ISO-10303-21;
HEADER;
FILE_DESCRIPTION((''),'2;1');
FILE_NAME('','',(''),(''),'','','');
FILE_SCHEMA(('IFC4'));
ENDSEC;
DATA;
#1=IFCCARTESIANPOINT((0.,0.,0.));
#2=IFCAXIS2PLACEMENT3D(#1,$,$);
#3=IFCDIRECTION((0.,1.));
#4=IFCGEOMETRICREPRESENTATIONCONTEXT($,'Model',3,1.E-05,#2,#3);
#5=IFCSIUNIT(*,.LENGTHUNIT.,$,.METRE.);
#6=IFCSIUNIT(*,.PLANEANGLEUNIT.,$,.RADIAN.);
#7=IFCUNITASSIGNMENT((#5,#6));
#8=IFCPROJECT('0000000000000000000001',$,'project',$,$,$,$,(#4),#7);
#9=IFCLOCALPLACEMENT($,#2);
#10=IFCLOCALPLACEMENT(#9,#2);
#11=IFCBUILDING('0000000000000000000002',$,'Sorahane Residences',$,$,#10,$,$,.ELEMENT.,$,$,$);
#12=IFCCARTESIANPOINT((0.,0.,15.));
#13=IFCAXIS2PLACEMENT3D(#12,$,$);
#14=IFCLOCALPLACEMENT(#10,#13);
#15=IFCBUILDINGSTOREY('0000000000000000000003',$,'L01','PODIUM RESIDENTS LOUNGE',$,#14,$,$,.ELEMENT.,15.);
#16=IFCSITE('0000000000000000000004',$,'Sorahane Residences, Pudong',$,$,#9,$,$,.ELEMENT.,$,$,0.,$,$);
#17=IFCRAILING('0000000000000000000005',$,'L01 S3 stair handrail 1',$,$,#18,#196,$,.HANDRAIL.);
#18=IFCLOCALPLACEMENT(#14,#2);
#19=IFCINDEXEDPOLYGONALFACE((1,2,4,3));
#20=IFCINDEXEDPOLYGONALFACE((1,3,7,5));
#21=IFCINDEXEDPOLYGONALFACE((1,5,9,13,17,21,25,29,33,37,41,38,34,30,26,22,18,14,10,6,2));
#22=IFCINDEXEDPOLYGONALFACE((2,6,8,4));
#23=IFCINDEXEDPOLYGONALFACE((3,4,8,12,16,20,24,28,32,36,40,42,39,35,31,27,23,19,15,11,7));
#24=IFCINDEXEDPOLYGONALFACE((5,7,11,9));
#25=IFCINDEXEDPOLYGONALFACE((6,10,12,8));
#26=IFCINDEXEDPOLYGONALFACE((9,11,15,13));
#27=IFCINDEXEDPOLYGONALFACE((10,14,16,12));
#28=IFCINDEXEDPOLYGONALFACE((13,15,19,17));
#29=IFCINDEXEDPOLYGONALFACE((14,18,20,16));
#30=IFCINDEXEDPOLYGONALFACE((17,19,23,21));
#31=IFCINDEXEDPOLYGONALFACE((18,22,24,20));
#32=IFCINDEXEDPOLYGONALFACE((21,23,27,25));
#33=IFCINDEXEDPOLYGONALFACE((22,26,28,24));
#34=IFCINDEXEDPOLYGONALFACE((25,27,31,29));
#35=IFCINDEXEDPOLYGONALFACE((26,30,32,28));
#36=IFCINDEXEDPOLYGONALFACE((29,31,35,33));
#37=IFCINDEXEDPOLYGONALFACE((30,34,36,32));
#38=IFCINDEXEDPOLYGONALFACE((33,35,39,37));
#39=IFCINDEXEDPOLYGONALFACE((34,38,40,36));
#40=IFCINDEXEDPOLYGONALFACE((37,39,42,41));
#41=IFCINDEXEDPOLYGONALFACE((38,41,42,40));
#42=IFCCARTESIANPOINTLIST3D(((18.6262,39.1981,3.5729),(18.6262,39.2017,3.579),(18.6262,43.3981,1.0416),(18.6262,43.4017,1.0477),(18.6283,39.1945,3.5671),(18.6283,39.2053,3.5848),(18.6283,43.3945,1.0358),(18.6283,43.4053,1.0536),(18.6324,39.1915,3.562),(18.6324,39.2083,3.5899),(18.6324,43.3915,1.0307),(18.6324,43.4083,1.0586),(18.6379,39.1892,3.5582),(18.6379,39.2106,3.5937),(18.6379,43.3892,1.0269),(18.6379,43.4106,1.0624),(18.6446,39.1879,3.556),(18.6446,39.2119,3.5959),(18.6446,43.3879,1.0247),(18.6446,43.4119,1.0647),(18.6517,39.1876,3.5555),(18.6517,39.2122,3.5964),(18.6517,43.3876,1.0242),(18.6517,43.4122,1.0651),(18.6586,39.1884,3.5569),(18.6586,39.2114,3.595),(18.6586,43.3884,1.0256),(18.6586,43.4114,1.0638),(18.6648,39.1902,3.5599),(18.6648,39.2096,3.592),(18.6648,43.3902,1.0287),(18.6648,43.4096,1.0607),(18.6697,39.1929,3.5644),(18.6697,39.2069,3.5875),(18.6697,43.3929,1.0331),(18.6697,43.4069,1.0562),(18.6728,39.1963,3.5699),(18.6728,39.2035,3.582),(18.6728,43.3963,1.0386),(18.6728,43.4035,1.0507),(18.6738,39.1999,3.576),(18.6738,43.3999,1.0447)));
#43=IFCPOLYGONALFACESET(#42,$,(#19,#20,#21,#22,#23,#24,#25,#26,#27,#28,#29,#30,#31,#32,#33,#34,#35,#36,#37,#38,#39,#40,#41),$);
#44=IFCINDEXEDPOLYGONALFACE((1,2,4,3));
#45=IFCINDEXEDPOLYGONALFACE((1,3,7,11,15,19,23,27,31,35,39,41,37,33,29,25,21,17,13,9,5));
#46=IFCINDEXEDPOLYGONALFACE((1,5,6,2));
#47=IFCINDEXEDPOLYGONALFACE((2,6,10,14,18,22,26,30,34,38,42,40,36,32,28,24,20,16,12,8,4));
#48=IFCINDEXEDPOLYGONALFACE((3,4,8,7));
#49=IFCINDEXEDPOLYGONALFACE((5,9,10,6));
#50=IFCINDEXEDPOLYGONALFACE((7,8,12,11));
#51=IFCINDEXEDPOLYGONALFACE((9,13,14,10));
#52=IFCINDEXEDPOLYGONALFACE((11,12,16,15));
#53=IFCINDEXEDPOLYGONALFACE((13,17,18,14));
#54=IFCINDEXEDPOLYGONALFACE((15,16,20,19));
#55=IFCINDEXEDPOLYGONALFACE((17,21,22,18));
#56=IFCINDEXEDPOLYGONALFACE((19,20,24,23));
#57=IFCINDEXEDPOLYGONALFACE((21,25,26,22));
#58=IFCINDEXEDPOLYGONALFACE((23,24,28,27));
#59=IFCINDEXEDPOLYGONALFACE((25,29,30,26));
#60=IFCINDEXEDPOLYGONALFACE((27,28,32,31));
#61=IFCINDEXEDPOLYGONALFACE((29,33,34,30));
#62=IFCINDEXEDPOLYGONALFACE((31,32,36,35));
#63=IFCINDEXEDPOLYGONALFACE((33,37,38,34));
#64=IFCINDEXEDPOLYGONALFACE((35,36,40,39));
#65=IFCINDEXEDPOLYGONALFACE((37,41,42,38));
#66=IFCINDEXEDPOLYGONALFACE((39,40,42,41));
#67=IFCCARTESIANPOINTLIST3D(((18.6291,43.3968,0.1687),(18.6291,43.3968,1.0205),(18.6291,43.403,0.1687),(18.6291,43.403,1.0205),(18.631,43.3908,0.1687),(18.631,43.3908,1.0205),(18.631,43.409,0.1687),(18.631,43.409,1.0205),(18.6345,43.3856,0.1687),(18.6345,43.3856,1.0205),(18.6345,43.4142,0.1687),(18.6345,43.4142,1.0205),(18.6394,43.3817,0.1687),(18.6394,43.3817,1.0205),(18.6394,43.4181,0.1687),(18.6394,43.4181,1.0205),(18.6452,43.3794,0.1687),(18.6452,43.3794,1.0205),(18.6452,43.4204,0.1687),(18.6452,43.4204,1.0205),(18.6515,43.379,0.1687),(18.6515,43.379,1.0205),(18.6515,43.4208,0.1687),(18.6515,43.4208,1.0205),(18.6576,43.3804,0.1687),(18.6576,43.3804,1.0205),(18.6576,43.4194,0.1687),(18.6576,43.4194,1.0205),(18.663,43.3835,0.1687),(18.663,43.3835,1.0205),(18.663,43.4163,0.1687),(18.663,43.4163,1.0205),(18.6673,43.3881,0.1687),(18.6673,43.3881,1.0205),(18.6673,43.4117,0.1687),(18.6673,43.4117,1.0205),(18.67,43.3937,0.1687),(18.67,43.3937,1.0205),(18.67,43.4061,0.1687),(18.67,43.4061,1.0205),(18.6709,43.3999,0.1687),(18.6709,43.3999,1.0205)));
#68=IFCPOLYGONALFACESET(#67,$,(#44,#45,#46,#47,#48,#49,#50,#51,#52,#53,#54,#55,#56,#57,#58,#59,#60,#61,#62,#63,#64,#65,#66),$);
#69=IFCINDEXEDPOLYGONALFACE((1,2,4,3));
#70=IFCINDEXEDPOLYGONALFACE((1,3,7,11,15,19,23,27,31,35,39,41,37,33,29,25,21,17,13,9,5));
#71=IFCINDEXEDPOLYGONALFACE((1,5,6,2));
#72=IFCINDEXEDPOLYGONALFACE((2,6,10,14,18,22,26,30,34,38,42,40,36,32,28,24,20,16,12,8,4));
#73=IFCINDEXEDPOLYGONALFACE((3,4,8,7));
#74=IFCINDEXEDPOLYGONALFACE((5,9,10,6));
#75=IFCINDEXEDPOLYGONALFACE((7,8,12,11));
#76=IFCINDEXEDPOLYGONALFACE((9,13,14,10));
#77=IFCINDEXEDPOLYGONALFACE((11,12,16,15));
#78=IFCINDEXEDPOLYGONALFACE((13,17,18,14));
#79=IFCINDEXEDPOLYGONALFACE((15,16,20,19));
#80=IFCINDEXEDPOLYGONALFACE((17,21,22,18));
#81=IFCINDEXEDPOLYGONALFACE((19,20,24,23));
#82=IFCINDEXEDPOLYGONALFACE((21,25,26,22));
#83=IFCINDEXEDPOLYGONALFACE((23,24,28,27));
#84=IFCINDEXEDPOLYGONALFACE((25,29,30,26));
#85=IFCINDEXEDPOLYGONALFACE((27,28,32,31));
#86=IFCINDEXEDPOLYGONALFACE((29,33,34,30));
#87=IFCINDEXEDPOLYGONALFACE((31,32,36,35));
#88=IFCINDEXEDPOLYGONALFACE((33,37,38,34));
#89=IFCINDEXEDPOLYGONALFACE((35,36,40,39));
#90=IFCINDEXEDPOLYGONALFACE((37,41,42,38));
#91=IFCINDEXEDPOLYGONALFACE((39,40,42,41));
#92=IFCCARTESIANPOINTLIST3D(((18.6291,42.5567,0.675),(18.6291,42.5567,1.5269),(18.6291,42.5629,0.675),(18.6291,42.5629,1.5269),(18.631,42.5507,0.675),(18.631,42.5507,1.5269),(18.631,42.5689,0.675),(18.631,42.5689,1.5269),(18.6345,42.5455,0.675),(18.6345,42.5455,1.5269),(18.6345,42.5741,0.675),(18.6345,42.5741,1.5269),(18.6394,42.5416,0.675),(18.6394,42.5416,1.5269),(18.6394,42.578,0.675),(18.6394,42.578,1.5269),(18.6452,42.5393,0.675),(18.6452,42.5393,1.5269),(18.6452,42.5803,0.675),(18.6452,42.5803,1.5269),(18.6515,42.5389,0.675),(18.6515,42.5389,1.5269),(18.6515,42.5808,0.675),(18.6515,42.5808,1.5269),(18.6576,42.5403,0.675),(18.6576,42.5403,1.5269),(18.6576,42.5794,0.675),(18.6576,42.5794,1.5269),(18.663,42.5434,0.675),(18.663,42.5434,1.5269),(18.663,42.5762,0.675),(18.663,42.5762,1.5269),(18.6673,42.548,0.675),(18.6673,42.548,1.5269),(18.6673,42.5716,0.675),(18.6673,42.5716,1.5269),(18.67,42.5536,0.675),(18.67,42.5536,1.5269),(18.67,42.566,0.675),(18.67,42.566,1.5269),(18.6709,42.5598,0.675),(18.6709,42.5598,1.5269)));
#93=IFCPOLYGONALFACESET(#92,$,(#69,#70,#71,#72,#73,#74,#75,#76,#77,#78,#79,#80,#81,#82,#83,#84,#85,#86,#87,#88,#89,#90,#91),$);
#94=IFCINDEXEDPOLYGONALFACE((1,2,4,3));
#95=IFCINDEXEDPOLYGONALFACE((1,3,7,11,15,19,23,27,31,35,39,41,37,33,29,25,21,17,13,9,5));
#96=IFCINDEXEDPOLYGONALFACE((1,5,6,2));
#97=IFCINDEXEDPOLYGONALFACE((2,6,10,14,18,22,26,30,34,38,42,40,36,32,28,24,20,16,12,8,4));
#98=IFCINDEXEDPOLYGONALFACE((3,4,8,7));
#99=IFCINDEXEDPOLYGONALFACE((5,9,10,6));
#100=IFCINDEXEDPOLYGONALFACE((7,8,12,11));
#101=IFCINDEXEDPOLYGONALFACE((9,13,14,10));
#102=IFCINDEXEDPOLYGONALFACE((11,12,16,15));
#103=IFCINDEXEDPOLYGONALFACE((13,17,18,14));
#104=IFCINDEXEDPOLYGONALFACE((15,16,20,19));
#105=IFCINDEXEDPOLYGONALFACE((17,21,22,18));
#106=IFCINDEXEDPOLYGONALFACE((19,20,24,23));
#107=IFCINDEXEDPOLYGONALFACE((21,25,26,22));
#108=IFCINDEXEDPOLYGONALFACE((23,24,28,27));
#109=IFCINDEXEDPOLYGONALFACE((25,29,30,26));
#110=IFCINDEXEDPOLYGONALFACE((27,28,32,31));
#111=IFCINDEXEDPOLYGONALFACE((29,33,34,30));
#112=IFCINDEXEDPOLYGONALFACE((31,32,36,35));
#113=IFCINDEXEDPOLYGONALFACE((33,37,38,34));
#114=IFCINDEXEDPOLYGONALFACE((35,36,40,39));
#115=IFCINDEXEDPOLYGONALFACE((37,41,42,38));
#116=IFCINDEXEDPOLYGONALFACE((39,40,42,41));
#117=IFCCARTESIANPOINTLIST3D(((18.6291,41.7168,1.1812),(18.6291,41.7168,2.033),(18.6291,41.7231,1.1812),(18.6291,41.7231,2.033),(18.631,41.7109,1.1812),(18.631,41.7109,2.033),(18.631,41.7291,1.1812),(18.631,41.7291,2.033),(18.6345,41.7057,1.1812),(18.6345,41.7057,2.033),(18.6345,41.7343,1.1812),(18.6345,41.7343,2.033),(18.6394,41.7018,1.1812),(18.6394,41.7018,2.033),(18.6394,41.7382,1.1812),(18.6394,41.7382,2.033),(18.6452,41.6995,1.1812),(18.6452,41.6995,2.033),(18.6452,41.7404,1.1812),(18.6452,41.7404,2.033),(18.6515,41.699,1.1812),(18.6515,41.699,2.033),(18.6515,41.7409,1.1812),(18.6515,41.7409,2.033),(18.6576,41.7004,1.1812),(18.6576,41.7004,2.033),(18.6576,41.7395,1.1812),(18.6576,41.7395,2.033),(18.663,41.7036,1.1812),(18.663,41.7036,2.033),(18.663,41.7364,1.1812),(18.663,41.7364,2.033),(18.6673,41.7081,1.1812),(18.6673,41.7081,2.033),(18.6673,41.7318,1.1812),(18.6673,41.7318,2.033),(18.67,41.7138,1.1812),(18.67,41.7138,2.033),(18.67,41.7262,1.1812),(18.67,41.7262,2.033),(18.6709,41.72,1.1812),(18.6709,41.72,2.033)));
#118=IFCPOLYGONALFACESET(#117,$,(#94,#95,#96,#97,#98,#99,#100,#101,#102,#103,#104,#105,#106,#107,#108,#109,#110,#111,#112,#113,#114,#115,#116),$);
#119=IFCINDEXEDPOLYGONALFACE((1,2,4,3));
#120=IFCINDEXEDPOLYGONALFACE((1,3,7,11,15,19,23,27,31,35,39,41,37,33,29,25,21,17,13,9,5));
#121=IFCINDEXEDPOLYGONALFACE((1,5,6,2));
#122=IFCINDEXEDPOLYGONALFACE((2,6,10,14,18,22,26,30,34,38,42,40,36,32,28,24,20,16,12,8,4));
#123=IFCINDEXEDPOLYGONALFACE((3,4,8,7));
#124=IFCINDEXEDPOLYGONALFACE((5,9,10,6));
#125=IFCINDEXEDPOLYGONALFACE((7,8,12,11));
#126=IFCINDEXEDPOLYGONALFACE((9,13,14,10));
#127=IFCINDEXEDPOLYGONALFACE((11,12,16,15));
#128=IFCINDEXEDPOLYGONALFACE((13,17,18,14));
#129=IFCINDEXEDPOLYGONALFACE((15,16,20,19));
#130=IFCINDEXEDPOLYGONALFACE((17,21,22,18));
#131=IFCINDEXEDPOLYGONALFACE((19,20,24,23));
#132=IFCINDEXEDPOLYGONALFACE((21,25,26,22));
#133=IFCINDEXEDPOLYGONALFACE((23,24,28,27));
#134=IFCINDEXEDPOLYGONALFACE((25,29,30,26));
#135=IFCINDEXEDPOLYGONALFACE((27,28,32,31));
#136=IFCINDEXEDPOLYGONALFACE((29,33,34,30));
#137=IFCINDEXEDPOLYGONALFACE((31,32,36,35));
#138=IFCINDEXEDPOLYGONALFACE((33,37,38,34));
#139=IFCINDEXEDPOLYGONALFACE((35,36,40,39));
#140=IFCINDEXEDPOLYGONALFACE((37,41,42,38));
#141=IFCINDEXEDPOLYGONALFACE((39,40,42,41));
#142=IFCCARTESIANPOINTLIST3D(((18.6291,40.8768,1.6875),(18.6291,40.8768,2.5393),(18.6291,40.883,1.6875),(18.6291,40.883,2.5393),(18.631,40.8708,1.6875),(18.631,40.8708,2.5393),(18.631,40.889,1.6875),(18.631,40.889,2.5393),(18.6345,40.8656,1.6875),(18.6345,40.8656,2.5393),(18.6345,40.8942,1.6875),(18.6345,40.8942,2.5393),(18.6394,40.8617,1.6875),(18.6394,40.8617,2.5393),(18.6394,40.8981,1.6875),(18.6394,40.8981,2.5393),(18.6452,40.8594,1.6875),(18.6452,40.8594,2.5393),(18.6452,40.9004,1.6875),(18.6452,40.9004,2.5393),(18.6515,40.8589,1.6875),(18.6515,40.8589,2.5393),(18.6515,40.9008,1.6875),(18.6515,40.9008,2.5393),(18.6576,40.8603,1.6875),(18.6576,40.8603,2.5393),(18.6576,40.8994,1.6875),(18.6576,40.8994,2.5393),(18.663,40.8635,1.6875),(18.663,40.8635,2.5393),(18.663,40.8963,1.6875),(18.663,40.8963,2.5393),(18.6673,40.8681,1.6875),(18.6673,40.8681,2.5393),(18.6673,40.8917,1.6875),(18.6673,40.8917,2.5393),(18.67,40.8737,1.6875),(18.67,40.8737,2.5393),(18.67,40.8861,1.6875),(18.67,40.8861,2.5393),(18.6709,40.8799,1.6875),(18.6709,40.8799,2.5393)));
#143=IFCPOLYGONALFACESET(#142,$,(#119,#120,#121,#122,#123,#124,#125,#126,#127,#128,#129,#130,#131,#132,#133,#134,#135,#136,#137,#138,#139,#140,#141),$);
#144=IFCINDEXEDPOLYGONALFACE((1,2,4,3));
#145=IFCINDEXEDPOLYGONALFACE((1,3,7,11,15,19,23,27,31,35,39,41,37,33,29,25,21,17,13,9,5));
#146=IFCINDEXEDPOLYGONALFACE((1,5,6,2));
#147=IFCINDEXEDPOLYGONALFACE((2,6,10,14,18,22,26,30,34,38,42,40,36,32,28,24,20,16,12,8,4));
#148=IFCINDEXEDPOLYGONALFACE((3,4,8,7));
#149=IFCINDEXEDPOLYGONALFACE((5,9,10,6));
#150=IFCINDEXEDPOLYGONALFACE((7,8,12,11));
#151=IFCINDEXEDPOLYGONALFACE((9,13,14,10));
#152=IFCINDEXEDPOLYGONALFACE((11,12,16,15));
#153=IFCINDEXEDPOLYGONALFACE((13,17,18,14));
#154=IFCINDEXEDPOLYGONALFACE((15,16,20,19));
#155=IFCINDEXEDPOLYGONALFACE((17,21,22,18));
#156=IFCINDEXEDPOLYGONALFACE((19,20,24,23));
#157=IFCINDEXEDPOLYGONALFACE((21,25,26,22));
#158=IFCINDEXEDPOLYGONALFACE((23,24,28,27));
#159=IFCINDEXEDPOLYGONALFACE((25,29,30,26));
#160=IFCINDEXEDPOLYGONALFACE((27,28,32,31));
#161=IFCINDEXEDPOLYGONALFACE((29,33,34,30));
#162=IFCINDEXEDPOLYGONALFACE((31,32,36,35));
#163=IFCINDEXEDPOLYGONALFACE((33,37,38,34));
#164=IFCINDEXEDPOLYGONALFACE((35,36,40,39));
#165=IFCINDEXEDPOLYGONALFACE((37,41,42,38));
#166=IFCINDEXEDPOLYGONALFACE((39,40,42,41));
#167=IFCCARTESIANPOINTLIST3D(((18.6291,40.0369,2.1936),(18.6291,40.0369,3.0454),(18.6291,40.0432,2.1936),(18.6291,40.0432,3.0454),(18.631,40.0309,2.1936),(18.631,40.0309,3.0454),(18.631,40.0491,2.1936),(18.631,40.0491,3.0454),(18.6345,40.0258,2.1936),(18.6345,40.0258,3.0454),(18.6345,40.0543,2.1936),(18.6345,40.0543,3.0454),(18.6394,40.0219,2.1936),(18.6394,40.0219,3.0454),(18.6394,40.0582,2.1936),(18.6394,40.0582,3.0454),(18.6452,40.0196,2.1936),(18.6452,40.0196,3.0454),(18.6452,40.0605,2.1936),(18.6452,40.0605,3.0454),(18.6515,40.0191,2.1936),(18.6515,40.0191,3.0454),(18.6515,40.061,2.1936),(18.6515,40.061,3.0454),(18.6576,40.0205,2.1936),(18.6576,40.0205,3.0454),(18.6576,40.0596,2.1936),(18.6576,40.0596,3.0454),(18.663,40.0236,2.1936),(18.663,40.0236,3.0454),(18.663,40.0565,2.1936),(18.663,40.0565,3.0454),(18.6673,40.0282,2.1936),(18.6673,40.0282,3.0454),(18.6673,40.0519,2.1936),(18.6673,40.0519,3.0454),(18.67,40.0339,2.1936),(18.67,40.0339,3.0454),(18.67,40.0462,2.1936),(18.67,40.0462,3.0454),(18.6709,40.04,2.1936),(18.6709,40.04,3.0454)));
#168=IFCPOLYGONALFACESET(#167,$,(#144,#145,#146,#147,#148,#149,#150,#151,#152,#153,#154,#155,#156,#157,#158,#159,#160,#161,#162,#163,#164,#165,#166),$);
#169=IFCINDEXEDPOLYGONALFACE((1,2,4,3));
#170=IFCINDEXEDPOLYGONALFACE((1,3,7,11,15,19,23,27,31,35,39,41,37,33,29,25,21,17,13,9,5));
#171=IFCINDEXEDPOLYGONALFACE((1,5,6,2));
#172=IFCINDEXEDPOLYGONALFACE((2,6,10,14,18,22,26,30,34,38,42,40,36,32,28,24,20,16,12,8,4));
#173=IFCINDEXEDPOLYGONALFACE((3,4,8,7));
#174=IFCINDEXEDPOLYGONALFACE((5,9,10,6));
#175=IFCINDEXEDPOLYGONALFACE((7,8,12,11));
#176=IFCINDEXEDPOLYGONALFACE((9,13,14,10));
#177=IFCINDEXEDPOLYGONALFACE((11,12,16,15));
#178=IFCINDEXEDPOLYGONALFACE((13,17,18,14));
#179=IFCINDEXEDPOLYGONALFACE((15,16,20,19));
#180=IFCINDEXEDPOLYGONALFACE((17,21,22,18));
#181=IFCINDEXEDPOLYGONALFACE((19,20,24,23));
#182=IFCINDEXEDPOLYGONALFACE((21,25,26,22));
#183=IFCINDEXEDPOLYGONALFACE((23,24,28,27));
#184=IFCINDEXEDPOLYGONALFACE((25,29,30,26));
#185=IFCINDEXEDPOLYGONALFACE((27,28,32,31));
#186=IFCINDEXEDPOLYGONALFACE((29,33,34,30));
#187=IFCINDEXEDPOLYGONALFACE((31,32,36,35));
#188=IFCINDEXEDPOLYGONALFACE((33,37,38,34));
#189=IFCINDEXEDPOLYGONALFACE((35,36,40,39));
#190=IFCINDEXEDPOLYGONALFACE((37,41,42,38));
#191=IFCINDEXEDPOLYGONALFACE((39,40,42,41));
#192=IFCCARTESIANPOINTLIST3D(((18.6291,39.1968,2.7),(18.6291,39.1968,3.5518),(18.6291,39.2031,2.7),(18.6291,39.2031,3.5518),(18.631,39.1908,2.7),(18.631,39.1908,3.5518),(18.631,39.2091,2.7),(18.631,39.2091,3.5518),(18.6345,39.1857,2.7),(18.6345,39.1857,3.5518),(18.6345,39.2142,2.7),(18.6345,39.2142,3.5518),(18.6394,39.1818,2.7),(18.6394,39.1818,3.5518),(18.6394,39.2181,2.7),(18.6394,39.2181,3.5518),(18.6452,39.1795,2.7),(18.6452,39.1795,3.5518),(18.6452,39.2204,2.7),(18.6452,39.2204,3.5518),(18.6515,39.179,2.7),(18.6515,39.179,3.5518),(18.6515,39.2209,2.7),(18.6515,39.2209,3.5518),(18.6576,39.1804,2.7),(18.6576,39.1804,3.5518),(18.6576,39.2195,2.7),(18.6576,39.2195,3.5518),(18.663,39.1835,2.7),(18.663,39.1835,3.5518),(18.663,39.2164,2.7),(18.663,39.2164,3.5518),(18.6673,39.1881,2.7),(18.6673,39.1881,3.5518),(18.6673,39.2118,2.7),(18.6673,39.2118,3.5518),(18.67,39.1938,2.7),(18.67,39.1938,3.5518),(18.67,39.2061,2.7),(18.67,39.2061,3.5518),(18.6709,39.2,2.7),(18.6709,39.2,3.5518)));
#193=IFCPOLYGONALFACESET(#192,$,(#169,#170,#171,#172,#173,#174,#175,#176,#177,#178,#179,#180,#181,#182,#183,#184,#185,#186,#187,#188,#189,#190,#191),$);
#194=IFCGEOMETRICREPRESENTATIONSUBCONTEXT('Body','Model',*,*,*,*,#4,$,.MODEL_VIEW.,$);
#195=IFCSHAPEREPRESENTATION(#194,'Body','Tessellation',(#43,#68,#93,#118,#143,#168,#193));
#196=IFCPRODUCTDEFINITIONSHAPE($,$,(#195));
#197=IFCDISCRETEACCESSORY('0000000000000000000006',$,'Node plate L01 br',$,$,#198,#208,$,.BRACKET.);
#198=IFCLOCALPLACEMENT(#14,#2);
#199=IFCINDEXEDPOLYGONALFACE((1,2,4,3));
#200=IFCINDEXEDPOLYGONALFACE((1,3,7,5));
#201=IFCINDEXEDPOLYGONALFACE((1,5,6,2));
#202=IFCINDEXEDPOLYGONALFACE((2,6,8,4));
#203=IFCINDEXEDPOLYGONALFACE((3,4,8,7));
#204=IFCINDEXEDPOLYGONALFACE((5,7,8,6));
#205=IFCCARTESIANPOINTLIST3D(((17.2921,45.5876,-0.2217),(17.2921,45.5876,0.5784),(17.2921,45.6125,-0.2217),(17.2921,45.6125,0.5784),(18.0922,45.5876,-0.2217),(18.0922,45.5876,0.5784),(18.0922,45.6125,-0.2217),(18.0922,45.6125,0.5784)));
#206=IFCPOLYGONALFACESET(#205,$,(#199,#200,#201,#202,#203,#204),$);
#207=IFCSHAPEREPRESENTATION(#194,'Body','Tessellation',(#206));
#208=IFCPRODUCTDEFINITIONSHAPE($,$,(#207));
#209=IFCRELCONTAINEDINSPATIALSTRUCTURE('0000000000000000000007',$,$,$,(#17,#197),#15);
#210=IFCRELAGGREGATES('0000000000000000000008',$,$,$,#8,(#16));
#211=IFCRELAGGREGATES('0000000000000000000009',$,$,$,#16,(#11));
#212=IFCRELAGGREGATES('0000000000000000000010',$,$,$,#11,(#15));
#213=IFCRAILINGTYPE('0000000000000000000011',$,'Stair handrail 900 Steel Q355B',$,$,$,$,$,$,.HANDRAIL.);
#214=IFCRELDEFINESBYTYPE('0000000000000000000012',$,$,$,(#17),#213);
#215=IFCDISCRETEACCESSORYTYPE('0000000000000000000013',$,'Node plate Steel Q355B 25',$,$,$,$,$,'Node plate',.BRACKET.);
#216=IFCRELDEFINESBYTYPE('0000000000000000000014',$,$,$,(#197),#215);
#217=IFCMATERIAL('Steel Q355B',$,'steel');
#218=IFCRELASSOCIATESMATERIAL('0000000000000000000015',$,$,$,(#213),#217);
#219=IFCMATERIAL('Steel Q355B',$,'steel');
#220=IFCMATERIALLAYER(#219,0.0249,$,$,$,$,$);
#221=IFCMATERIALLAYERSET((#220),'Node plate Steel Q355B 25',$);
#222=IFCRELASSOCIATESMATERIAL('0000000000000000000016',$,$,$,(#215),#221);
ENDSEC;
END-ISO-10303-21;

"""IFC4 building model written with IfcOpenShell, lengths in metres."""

from ifc_helpers import new_model, si_unit, direction, frame, origin, origin_2d, place, context, subcontext, project, spatial, rectangle, circle, extrude, material, layer, layer_set, type_object, element, save


model = new_model("IFC4")

# Units and contexts
model_context = context("Model", 3, precision=1e-05, world=origin(), true_north=direction((0.0, 1.0)))
body_context = subcontext(model_context, "Body", "Model", "MODEL_VIEW")
ifc_project = project(units=[si_unit("LENGTHUNIT", "METRE"), si_unit("PLANEANGLEUNIT", "RADIAN")], contexts=[model_context])

# Site, building, storey
site_placement = place(None, origin())
site = spatial("IfcSite", under=ifc_project, at=site_placement, Name="Sorahane Residences, Pudong", CompositionType="ELEMENT", RefElevation=0.0)
building_placement = place(site_placement, origin())
building = spatial("IfcBuilding", under=site, at=building_placement, Name="Sorahane Residences", CompositionType="ELEMENT")
storey_placement = place(building_placement, frame((0.0, 0.0, 15.0)))
storey = spatial("IfcBuildingStorey", under=building, at=storey_placement, Name="L01", Description="PODIUM RESIDENTS LOUNGE", CompositionType="ELEMENT", Elevation=15.0)

# Railing
ifc_material_1 = material(Name="Steel Q355B", Category="steel")
railing_type_1 = type_object("IfcRailingType", Name="Stair handrail 900 Steel Q355B", PredefinedType="HANDRAIL", material=ifc_material_1)
railing_1_placement = place(storey_placement, frame((18.6499, 43.3999, 0.1687)))
element("IfcRailing", 1, at=railing_1_placement, inside=storey, type_object=railing_type_1, Name="L01 S3 stair handrail 1", PredefinedType="HANDRAIL", context=body_context, shape_type="SweptSolid", body=[
    extrude(circle(Radius=0.0239, at=origin_2d()), frame((0.0, 0.0, 0.876), z_axis=(0.0, -0.856476, 0.516186), x_axis=(1.0, 0.0, 0.0)), (0.0, 0.0, 1.0), 4.9038),
    extrude(circle(Radius=0.021, at=origin_2d()), origin(), (0.0, 0.0, 1.0), 0.8518),
    extrude(circle(Radius=0.021, at=origin_2d()), frame((0.0, -0.8401, 0.5063)), (0.0, 0.0, 1.0), 0.8518),
    extrude(circle(Radius=0.021, at=origin_2d()), frame((0.0, -1.6799, 1.0125)), (0.0, 0.0, 1.0), 0.8518),
    extrude(circle(Radius=0.021, at=origin_2d()), frame((0.0, -2.52, 1.5188)), (0.0, 0.0, 1.0), 0.8518),
    extrude(circle(Radius=0.021, at=origin_2d()), frame((0.0, -3.3599, 2.0249)), (0.0, 0.0, 1.0), 0.8518),
    extrude(circle(Radius=0.021, at=origin_2d()), frame((0.0, -4.2, 2.5312)), (0.0, 0.0, 1.0), 0.8518),
])

# Discrete accessory
ifc_material_2 = material(Name="Steel Q355B", Category="steel")
ifc_layer_1 = layer(ifc_material_2, 0.0249)
ifc_layer_set_1 = layer_set([ifc_layer_1], Name="Node plate Steel Q355B 25")
discrete_accessory_type = type_object("IfcDiscreteAccessoryType", Name="Node plate Steel Q355B 25", ElementType="Node plate", PredefinedType="BRACKET", material=ifc_layer_set_1)
for number, where, z_axis, x_axis, name in (
    (2, (17.6921, 45.6001, -0.2217), (0.0, 0.0, 1.0), (1.0, 0.0, 0.0), "Node plate L01 br"),
):
    element("IfcDiscreteAccessory", number, at=place(storey_placement, frame(where, z_axis=z_axis, x_axis=x_axis)), inside=storey, type_object=discrete_accessory_type, Name=name, PredefinedType="BRACKET", context=body_context, shape_type="SweptSolid", body=[
        extrude(rectangle(XDim=0.8, YDim=0.0249, at=origin_2d()), origin(), (0.0, 0.0, 1.0), 0.8),
    ])

save(model, "model.ifc")
